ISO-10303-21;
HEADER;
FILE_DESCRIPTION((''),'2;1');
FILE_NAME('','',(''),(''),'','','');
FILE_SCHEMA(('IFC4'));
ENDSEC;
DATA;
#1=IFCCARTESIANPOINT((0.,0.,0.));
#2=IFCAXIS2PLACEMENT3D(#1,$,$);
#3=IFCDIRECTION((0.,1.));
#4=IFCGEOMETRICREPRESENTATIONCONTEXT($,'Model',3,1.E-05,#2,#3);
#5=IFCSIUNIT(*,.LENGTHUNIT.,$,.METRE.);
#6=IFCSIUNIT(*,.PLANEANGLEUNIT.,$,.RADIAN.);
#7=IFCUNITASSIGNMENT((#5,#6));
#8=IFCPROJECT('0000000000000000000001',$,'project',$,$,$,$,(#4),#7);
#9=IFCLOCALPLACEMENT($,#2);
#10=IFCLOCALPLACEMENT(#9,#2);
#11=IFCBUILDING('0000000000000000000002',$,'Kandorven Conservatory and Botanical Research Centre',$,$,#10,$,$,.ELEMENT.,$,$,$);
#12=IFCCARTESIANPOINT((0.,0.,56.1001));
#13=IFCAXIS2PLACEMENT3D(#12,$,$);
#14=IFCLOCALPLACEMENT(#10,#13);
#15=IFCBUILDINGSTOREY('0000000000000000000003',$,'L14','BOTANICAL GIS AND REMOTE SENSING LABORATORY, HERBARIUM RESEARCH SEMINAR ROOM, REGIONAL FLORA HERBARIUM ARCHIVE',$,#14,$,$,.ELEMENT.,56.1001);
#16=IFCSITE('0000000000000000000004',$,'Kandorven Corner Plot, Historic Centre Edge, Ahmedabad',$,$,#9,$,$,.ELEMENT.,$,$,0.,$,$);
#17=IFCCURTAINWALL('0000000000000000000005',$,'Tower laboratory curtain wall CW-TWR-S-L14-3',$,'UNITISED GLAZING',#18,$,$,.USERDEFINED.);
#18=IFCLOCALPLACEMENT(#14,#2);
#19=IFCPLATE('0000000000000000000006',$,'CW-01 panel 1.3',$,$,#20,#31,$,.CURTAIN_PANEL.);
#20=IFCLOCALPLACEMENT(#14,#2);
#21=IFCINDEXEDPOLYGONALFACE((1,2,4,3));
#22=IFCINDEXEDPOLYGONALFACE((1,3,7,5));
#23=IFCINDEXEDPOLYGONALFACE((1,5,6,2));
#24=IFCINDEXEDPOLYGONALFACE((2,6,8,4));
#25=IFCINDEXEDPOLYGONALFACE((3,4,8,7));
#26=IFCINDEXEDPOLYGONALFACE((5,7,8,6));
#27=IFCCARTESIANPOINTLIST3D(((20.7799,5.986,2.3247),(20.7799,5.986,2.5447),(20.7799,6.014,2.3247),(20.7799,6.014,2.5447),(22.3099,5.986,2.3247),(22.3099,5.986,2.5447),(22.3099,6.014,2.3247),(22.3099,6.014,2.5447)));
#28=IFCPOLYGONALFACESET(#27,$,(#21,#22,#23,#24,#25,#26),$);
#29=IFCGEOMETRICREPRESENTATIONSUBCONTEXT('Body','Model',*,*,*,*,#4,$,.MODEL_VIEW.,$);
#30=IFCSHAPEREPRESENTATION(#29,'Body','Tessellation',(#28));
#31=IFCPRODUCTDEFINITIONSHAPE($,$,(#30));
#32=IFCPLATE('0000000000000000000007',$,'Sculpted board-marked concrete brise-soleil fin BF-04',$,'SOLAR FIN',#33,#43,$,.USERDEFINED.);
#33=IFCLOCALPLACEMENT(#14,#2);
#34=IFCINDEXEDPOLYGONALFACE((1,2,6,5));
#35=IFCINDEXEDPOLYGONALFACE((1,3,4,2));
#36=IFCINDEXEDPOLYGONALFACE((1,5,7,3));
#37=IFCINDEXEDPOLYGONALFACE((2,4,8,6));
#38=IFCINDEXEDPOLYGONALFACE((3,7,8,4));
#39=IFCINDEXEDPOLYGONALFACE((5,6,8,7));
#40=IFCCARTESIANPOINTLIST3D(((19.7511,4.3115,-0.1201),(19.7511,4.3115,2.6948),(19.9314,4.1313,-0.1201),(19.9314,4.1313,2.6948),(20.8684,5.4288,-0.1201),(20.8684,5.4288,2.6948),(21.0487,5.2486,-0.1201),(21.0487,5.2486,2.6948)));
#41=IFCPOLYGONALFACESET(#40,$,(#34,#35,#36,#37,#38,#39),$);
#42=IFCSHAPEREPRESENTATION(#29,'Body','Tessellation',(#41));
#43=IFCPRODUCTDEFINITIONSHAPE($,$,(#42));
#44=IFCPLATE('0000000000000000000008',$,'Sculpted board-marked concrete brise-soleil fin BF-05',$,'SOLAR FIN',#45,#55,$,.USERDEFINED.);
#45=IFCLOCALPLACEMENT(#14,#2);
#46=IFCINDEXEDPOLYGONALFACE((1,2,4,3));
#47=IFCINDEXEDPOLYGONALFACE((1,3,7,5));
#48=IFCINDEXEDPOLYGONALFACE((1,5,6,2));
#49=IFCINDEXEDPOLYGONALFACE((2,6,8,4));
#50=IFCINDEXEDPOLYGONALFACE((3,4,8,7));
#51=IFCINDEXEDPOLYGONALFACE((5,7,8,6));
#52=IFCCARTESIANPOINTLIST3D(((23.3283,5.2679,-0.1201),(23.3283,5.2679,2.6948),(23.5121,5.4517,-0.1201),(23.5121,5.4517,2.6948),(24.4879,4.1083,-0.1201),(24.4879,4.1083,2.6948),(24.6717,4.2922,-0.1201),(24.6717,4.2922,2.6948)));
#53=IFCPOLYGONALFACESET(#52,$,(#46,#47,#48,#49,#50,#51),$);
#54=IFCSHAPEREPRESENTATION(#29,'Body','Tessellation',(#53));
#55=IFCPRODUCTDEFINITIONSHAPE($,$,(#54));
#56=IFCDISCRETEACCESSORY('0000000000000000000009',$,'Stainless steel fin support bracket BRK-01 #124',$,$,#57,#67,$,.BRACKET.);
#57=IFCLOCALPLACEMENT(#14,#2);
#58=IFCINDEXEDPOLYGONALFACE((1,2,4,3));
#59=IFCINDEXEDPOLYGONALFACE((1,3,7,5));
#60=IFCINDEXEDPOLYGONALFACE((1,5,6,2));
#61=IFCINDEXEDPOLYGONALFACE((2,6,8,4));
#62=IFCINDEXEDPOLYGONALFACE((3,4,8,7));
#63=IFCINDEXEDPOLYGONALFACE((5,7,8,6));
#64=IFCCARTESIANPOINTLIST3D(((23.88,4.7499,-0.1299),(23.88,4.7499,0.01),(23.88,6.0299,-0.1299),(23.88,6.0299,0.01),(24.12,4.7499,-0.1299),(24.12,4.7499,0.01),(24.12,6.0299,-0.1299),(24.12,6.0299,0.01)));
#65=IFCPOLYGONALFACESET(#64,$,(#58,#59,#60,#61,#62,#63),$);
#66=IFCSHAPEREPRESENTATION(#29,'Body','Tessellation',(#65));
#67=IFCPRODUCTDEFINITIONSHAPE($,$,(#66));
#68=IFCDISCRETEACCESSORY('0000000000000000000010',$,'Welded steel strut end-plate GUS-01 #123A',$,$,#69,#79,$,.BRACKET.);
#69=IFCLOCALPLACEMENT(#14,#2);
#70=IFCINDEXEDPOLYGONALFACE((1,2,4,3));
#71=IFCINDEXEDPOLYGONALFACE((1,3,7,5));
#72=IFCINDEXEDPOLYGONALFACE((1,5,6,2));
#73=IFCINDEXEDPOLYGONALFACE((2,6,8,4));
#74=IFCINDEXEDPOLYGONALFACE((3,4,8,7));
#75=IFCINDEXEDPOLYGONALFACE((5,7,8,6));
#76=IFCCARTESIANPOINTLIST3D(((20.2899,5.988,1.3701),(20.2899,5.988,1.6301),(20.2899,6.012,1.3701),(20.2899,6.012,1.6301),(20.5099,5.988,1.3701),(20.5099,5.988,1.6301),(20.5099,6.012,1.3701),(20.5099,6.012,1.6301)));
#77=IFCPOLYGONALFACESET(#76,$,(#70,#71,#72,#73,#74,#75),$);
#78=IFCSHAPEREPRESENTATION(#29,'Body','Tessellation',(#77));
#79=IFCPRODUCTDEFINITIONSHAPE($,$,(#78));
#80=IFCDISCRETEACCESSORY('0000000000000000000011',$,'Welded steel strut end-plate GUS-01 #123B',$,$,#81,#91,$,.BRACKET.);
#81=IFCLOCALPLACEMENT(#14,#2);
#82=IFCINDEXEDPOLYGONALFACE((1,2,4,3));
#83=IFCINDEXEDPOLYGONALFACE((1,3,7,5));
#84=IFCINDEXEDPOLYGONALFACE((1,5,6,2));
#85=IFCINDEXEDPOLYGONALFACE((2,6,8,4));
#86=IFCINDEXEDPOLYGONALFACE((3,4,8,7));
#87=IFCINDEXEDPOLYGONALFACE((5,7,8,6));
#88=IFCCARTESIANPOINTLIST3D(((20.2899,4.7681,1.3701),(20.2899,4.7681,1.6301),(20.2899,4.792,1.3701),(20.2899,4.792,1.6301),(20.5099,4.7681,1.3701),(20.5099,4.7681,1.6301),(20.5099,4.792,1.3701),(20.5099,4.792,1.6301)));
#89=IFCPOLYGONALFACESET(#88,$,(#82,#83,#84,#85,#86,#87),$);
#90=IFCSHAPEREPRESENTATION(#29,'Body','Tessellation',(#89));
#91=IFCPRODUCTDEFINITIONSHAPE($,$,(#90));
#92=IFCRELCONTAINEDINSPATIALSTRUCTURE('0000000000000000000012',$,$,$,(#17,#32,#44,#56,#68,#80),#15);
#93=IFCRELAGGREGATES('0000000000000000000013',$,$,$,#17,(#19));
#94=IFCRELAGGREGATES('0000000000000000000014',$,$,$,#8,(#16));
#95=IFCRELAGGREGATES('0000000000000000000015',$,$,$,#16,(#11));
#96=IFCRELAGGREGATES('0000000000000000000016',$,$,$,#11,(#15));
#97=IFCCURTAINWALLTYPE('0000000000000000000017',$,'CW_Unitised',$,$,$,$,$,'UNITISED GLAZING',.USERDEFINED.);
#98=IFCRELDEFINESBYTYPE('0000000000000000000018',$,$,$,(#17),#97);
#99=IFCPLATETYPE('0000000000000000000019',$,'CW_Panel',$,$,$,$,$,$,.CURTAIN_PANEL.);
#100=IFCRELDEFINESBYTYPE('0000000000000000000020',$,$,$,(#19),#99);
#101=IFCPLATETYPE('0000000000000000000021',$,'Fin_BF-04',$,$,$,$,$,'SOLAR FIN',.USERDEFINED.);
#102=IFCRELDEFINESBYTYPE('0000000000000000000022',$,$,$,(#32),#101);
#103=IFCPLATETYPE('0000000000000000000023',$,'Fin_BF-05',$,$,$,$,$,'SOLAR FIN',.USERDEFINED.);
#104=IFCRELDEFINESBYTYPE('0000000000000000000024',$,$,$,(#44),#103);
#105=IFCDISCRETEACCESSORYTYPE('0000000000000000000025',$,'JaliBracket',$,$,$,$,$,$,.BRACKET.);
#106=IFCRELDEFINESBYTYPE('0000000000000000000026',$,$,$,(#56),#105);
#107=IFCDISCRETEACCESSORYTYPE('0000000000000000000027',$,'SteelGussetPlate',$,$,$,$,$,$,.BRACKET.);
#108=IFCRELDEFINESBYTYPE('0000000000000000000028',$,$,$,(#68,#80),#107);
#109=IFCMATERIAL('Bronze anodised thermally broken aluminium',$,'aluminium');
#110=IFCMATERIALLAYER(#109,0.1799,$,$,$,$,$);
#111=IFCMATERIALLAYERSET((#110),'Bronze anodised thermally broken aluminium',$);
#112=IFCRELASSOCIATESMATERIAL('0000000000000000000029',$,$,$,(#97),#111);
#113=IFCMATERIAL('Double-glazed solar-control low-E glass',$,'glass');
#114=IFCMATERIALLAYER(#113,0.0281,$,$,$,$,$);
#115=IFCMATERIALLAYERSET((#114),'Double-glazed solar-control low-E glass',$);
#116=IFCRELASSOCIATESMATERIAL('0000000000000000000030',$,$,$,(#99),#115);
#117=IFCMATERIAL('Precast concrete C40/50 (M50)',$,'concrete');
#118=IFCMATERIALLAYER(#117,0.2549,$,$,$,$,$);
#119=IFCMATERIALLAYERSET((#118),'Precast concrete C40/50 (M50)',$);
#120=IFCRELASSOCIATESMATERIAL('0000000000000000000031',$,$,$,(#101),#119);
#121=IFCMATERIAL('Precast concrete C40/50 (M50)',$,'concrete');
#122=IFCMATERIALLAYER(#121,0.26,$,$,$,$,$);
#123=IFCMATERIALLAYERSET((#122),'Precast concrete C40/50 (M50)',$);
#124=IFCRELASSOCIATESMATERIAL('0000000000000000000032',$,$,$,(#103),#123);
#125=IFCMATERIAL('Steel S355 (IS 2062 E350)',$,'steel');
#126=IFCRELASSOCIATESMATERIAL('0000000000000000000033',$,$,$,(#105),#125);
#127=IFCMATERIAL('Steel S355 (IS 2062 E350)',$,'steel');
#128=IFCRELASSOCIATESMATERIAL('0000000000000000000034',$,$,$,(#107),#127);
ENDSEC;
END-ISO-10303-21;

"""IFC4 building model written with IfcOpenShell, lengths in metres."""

from ifc_helpers import new_model, si_unit, direction, frame, origin, origin_2d, place, context, subcontext, project, spatial, rectangle, extrude, material, layer, layer_set, type_object, element, aggregate, save


model = new_model("IFC4")

# Units and contexts
model_context = context("Model", 3, precision=1e-05, world=origin(), true_north=direction((0.0, 1.0)))
body_context = subcontext(model_context, "Body", "Model", "MODEL_VIEW")
ifc_project = project(units=[si_unit("LENGTHUNIT", "METRE"), si_unit("PLANEANGLEUNIT", "RADIAN")], contexts=[model_context])

# Site, building, storey
site_placement = place(None, origin())
site = spatial("IfcSite", under=ifc_project, at=site_placement, Name="Kandorven Corner Plot, Historic Centre Edge, Ahmedabad", CompositionType="ELEMENT", RefElevation=0.0)
building_placement = place(site_placement, origin())
building = spatial("IfcBuilding", under=site, at=building_placement, Name="Kandorven Conservatory and Botanical Research Centre", CompositionType="ELEMENT")
storey_placement = place(building_placement, frame((0.0, 0.0, 56.1001)))
storey = spatial("IfcBuildingStorey", under=building, at=storey_placement, Name="L14", Description="BOTANICAL GIS AND REMOTE SENSING LABORATORY, HERBARIUM RESEARCH SEMINAR ROOM, REGIONAL FLORA HERBARIUM ARCHIVE", CompositionType="ELEMENT", Elevation=56.1001)

# Shared definitions
ifc_material_1 = material(Name="Bronze anodised thermally broken aluminium", Category="aluminium")
ifc_layer_1 = layer(ifc_material_1, 0.1799)
ifc_layer_set_1 = layer_set([ifc_layer_1], Name="Bronze anodised thermally broken aluminium")
curtain_wall_type = type_object("IfcCurtainWallType", Name="CW_Unitised", ElementType="UNITISED GLAZING", PredefinedType="USERDEFINED", material=ifc_layer_set_1)

# Curtain wall
curtain_wall_1_placement = place(storey_placement, origin())
curtain_wall_1 = element("IfcCurtainWall", 1, at=curtain_wall_1_placement, inside=storey, type_object=curtain_wall_type, Name="Tower laboratory curtain wall CW-TWR-S-L14-3", ObjectType="UNITISED GLAZING", PredefinedType="USERDEFINED")

# Plate
ifc_material_2 = material(Name="Double-glazed solar-control low-E glass", Category="glass")
ifc_layer_2 = layer(ifc_material_2, 0.0281)
ifc_layer_set_2 = layer_set([ifc_layer_2], Name="Double-glazed solar-control low-E glass")
plate_type_1 = type_object("IfcPlateType", Name="CW_Panel", PredefinedType="CURTAIN_PANEL", material=ifc_layer_set_2)
plate_1_placement = place(storey_placement, frame((21.5449, 6.0, 2.3247), z_axis=(0.0, 0.0, 1.0), x_axis=(1.0, 0.0, 0.0)))
plate_1 = element("IfcPlate", 2, at=plate_1_placement, type_object=plate_type_1, Name="CW-01 panel 1.3", PredefinedType="CURTAIN_PANEL", context=body_context, shape_type="SweptSolid", body=[
    extrude(rectangle(XDim=1.53, YDim=0.0281, at=origin_2d()), origin(), (0.0, 0.0, 1.0), 0.22),
])
aggregate(curtain_wall_1, [plate_1])

# Plates
ifc_material_3 = material(Name="Precast concrete C40/50 (M50)", Category="concrete")
ifc_layer_3 = layer(ifc_material_3, 0.2549)
ifc_layer_set_3 = layer_set([ifc_layer_3], Name="Precast concrete C40/50 (M50)")
plate_type_2 = type_object("IfcPlateType", Name="Fin_BF-04", ElementType="SOLAR FIN", PredefinedType="USERDEFINED", material=ifc_layer_set_3)
plate_2_placement = place(storey_placement, frame((20.3999, 4.78, -0.1201), z_axis=(0.0, 0.0, 1.0), x_axis=(0.707107, 0.707107, 0.0)))
element("IfcPlate", 3, at=plate_2_placement, inside=storey, type_object=plate_type_2, Name="Sculpted board-marked concrete brise-soleil fin BF-04", ObjectType="SOLAR FIN", PredefinedType="USERDEFINED", context=body_context, shape_type="SweptSolid", body=[
    extrude(rectangle(XDim=1.5801, YDim=0.2549, at=origin_2d()), origin(), (0.0, 0.0, 1.0), 2.8149),
])
ifc_material_4 = material(Name="Precast concrete C40/50 (M50)", Category="concrete")
ifc_layer_4 = layer(ifc_material_4, 0.26)
ifc_layer_set_4 = layer_set([ifc_layer_4], Name="Precast concrete C40/50 (M50)")
plate_type_3 = type_object("IfcPlateType", Name="Fin_BF-05", ElementType="SOLAR FIN", PredefinedType="USERDEFINED", material=ifc_layer_set_4)
plate_3_placement = place(storey_placement, frame((24.0, 4.78, -0.1201), z_axis=(0.0, 0.0, 1.0), x_axis=(-0.707107, 0.707107, 0.0)))
element("IfcPlate", 4, at=plate_3_placement, inside=storey, type_object=plate_type_3, Name="Sculpted board-marked concrete brise-soleil fin BF-05", ObjectType="SOLAR FIN", PredefinedType="USERDEFINED", context=body_context, shape_type="SweptSolid", body=[
    extrude(rectangle(XDim=1.6399, YDim=0.26, at=origin_2d()), origin(), (0.0, 0.0, 1.0), 2.8149),
])

# Discrete accessories
ifc_material_5 = material(Name="Steel S355 (IS 2062 E350)", Category="steel")
discrete_accessory_type_1 = type_object("IfcDiscreteAccessoryType", Name="JaliBracket", PredefinedType="BRACKET", material=ifc_material_5)
discrete_accessory_placement = place(storey_placement, frame((24.0, 5.3899, -0.1299), z_axis=(0.0, 0.0, 1.0), x_axis=(1.0, 0.0, 0.0)))
element("IfcDiscreteAccessory", 5, at=discrete_accessory_placement, inside=storey, type_object=discrete_accessory_type_1, Name="Stainless steel fin support bracket BRK-01 #124", PredefinedType="BRACKET", context=body_context, shape_type="SweptSolid", body=[
    extrude(rectangle(XDim=0.24, YDim=1.28, at=origin_2d()), origin(), (0.0, 0.0, 1.0), 0.1399),
])
ifc_material_6 = material(Name="Steel S355 (IS 2062 E350)", Category="steel")
discrete_accessory_type_2 = type_object("IfcDiscreteAccessoryType", Name="SteelGussetPlate", PredefinedType="BRACKET", material=ifc_material_6)
for number, where, z_axis, x_axis, name in (
    (6, (20.3999, 6.0, 1.3701), (0.0, 0.0, 1.0), (1.0, 0.0, 0.0), "Welded steel strut end-plate GUS-01 #123A"),
    (7, (20.3999, 4.78, 1.3701), (0.0, 0.0, 1.0), (1.0, 0.0, 0.0), "Welded steel strut end-plate GUS-01 #123B"),
):
    element("IfcDiscreteAccessory", number, at=place(storey_placement, frame(where, z_axis=z_axis, x_axis=x_axis)), inside=storey, type_object=discrete_accessory_type_2, Name=name, PredefinedType="BRACKET", context=body_context, shape_type="SweptSolid", body=[
        extrude(rectangle(XDim=0.22, YDim=0.0239, at=origin_2d()), origin(), (0.0, 0.0, 1.0), 0.26),
    ])

save(model, "model.ifc")
